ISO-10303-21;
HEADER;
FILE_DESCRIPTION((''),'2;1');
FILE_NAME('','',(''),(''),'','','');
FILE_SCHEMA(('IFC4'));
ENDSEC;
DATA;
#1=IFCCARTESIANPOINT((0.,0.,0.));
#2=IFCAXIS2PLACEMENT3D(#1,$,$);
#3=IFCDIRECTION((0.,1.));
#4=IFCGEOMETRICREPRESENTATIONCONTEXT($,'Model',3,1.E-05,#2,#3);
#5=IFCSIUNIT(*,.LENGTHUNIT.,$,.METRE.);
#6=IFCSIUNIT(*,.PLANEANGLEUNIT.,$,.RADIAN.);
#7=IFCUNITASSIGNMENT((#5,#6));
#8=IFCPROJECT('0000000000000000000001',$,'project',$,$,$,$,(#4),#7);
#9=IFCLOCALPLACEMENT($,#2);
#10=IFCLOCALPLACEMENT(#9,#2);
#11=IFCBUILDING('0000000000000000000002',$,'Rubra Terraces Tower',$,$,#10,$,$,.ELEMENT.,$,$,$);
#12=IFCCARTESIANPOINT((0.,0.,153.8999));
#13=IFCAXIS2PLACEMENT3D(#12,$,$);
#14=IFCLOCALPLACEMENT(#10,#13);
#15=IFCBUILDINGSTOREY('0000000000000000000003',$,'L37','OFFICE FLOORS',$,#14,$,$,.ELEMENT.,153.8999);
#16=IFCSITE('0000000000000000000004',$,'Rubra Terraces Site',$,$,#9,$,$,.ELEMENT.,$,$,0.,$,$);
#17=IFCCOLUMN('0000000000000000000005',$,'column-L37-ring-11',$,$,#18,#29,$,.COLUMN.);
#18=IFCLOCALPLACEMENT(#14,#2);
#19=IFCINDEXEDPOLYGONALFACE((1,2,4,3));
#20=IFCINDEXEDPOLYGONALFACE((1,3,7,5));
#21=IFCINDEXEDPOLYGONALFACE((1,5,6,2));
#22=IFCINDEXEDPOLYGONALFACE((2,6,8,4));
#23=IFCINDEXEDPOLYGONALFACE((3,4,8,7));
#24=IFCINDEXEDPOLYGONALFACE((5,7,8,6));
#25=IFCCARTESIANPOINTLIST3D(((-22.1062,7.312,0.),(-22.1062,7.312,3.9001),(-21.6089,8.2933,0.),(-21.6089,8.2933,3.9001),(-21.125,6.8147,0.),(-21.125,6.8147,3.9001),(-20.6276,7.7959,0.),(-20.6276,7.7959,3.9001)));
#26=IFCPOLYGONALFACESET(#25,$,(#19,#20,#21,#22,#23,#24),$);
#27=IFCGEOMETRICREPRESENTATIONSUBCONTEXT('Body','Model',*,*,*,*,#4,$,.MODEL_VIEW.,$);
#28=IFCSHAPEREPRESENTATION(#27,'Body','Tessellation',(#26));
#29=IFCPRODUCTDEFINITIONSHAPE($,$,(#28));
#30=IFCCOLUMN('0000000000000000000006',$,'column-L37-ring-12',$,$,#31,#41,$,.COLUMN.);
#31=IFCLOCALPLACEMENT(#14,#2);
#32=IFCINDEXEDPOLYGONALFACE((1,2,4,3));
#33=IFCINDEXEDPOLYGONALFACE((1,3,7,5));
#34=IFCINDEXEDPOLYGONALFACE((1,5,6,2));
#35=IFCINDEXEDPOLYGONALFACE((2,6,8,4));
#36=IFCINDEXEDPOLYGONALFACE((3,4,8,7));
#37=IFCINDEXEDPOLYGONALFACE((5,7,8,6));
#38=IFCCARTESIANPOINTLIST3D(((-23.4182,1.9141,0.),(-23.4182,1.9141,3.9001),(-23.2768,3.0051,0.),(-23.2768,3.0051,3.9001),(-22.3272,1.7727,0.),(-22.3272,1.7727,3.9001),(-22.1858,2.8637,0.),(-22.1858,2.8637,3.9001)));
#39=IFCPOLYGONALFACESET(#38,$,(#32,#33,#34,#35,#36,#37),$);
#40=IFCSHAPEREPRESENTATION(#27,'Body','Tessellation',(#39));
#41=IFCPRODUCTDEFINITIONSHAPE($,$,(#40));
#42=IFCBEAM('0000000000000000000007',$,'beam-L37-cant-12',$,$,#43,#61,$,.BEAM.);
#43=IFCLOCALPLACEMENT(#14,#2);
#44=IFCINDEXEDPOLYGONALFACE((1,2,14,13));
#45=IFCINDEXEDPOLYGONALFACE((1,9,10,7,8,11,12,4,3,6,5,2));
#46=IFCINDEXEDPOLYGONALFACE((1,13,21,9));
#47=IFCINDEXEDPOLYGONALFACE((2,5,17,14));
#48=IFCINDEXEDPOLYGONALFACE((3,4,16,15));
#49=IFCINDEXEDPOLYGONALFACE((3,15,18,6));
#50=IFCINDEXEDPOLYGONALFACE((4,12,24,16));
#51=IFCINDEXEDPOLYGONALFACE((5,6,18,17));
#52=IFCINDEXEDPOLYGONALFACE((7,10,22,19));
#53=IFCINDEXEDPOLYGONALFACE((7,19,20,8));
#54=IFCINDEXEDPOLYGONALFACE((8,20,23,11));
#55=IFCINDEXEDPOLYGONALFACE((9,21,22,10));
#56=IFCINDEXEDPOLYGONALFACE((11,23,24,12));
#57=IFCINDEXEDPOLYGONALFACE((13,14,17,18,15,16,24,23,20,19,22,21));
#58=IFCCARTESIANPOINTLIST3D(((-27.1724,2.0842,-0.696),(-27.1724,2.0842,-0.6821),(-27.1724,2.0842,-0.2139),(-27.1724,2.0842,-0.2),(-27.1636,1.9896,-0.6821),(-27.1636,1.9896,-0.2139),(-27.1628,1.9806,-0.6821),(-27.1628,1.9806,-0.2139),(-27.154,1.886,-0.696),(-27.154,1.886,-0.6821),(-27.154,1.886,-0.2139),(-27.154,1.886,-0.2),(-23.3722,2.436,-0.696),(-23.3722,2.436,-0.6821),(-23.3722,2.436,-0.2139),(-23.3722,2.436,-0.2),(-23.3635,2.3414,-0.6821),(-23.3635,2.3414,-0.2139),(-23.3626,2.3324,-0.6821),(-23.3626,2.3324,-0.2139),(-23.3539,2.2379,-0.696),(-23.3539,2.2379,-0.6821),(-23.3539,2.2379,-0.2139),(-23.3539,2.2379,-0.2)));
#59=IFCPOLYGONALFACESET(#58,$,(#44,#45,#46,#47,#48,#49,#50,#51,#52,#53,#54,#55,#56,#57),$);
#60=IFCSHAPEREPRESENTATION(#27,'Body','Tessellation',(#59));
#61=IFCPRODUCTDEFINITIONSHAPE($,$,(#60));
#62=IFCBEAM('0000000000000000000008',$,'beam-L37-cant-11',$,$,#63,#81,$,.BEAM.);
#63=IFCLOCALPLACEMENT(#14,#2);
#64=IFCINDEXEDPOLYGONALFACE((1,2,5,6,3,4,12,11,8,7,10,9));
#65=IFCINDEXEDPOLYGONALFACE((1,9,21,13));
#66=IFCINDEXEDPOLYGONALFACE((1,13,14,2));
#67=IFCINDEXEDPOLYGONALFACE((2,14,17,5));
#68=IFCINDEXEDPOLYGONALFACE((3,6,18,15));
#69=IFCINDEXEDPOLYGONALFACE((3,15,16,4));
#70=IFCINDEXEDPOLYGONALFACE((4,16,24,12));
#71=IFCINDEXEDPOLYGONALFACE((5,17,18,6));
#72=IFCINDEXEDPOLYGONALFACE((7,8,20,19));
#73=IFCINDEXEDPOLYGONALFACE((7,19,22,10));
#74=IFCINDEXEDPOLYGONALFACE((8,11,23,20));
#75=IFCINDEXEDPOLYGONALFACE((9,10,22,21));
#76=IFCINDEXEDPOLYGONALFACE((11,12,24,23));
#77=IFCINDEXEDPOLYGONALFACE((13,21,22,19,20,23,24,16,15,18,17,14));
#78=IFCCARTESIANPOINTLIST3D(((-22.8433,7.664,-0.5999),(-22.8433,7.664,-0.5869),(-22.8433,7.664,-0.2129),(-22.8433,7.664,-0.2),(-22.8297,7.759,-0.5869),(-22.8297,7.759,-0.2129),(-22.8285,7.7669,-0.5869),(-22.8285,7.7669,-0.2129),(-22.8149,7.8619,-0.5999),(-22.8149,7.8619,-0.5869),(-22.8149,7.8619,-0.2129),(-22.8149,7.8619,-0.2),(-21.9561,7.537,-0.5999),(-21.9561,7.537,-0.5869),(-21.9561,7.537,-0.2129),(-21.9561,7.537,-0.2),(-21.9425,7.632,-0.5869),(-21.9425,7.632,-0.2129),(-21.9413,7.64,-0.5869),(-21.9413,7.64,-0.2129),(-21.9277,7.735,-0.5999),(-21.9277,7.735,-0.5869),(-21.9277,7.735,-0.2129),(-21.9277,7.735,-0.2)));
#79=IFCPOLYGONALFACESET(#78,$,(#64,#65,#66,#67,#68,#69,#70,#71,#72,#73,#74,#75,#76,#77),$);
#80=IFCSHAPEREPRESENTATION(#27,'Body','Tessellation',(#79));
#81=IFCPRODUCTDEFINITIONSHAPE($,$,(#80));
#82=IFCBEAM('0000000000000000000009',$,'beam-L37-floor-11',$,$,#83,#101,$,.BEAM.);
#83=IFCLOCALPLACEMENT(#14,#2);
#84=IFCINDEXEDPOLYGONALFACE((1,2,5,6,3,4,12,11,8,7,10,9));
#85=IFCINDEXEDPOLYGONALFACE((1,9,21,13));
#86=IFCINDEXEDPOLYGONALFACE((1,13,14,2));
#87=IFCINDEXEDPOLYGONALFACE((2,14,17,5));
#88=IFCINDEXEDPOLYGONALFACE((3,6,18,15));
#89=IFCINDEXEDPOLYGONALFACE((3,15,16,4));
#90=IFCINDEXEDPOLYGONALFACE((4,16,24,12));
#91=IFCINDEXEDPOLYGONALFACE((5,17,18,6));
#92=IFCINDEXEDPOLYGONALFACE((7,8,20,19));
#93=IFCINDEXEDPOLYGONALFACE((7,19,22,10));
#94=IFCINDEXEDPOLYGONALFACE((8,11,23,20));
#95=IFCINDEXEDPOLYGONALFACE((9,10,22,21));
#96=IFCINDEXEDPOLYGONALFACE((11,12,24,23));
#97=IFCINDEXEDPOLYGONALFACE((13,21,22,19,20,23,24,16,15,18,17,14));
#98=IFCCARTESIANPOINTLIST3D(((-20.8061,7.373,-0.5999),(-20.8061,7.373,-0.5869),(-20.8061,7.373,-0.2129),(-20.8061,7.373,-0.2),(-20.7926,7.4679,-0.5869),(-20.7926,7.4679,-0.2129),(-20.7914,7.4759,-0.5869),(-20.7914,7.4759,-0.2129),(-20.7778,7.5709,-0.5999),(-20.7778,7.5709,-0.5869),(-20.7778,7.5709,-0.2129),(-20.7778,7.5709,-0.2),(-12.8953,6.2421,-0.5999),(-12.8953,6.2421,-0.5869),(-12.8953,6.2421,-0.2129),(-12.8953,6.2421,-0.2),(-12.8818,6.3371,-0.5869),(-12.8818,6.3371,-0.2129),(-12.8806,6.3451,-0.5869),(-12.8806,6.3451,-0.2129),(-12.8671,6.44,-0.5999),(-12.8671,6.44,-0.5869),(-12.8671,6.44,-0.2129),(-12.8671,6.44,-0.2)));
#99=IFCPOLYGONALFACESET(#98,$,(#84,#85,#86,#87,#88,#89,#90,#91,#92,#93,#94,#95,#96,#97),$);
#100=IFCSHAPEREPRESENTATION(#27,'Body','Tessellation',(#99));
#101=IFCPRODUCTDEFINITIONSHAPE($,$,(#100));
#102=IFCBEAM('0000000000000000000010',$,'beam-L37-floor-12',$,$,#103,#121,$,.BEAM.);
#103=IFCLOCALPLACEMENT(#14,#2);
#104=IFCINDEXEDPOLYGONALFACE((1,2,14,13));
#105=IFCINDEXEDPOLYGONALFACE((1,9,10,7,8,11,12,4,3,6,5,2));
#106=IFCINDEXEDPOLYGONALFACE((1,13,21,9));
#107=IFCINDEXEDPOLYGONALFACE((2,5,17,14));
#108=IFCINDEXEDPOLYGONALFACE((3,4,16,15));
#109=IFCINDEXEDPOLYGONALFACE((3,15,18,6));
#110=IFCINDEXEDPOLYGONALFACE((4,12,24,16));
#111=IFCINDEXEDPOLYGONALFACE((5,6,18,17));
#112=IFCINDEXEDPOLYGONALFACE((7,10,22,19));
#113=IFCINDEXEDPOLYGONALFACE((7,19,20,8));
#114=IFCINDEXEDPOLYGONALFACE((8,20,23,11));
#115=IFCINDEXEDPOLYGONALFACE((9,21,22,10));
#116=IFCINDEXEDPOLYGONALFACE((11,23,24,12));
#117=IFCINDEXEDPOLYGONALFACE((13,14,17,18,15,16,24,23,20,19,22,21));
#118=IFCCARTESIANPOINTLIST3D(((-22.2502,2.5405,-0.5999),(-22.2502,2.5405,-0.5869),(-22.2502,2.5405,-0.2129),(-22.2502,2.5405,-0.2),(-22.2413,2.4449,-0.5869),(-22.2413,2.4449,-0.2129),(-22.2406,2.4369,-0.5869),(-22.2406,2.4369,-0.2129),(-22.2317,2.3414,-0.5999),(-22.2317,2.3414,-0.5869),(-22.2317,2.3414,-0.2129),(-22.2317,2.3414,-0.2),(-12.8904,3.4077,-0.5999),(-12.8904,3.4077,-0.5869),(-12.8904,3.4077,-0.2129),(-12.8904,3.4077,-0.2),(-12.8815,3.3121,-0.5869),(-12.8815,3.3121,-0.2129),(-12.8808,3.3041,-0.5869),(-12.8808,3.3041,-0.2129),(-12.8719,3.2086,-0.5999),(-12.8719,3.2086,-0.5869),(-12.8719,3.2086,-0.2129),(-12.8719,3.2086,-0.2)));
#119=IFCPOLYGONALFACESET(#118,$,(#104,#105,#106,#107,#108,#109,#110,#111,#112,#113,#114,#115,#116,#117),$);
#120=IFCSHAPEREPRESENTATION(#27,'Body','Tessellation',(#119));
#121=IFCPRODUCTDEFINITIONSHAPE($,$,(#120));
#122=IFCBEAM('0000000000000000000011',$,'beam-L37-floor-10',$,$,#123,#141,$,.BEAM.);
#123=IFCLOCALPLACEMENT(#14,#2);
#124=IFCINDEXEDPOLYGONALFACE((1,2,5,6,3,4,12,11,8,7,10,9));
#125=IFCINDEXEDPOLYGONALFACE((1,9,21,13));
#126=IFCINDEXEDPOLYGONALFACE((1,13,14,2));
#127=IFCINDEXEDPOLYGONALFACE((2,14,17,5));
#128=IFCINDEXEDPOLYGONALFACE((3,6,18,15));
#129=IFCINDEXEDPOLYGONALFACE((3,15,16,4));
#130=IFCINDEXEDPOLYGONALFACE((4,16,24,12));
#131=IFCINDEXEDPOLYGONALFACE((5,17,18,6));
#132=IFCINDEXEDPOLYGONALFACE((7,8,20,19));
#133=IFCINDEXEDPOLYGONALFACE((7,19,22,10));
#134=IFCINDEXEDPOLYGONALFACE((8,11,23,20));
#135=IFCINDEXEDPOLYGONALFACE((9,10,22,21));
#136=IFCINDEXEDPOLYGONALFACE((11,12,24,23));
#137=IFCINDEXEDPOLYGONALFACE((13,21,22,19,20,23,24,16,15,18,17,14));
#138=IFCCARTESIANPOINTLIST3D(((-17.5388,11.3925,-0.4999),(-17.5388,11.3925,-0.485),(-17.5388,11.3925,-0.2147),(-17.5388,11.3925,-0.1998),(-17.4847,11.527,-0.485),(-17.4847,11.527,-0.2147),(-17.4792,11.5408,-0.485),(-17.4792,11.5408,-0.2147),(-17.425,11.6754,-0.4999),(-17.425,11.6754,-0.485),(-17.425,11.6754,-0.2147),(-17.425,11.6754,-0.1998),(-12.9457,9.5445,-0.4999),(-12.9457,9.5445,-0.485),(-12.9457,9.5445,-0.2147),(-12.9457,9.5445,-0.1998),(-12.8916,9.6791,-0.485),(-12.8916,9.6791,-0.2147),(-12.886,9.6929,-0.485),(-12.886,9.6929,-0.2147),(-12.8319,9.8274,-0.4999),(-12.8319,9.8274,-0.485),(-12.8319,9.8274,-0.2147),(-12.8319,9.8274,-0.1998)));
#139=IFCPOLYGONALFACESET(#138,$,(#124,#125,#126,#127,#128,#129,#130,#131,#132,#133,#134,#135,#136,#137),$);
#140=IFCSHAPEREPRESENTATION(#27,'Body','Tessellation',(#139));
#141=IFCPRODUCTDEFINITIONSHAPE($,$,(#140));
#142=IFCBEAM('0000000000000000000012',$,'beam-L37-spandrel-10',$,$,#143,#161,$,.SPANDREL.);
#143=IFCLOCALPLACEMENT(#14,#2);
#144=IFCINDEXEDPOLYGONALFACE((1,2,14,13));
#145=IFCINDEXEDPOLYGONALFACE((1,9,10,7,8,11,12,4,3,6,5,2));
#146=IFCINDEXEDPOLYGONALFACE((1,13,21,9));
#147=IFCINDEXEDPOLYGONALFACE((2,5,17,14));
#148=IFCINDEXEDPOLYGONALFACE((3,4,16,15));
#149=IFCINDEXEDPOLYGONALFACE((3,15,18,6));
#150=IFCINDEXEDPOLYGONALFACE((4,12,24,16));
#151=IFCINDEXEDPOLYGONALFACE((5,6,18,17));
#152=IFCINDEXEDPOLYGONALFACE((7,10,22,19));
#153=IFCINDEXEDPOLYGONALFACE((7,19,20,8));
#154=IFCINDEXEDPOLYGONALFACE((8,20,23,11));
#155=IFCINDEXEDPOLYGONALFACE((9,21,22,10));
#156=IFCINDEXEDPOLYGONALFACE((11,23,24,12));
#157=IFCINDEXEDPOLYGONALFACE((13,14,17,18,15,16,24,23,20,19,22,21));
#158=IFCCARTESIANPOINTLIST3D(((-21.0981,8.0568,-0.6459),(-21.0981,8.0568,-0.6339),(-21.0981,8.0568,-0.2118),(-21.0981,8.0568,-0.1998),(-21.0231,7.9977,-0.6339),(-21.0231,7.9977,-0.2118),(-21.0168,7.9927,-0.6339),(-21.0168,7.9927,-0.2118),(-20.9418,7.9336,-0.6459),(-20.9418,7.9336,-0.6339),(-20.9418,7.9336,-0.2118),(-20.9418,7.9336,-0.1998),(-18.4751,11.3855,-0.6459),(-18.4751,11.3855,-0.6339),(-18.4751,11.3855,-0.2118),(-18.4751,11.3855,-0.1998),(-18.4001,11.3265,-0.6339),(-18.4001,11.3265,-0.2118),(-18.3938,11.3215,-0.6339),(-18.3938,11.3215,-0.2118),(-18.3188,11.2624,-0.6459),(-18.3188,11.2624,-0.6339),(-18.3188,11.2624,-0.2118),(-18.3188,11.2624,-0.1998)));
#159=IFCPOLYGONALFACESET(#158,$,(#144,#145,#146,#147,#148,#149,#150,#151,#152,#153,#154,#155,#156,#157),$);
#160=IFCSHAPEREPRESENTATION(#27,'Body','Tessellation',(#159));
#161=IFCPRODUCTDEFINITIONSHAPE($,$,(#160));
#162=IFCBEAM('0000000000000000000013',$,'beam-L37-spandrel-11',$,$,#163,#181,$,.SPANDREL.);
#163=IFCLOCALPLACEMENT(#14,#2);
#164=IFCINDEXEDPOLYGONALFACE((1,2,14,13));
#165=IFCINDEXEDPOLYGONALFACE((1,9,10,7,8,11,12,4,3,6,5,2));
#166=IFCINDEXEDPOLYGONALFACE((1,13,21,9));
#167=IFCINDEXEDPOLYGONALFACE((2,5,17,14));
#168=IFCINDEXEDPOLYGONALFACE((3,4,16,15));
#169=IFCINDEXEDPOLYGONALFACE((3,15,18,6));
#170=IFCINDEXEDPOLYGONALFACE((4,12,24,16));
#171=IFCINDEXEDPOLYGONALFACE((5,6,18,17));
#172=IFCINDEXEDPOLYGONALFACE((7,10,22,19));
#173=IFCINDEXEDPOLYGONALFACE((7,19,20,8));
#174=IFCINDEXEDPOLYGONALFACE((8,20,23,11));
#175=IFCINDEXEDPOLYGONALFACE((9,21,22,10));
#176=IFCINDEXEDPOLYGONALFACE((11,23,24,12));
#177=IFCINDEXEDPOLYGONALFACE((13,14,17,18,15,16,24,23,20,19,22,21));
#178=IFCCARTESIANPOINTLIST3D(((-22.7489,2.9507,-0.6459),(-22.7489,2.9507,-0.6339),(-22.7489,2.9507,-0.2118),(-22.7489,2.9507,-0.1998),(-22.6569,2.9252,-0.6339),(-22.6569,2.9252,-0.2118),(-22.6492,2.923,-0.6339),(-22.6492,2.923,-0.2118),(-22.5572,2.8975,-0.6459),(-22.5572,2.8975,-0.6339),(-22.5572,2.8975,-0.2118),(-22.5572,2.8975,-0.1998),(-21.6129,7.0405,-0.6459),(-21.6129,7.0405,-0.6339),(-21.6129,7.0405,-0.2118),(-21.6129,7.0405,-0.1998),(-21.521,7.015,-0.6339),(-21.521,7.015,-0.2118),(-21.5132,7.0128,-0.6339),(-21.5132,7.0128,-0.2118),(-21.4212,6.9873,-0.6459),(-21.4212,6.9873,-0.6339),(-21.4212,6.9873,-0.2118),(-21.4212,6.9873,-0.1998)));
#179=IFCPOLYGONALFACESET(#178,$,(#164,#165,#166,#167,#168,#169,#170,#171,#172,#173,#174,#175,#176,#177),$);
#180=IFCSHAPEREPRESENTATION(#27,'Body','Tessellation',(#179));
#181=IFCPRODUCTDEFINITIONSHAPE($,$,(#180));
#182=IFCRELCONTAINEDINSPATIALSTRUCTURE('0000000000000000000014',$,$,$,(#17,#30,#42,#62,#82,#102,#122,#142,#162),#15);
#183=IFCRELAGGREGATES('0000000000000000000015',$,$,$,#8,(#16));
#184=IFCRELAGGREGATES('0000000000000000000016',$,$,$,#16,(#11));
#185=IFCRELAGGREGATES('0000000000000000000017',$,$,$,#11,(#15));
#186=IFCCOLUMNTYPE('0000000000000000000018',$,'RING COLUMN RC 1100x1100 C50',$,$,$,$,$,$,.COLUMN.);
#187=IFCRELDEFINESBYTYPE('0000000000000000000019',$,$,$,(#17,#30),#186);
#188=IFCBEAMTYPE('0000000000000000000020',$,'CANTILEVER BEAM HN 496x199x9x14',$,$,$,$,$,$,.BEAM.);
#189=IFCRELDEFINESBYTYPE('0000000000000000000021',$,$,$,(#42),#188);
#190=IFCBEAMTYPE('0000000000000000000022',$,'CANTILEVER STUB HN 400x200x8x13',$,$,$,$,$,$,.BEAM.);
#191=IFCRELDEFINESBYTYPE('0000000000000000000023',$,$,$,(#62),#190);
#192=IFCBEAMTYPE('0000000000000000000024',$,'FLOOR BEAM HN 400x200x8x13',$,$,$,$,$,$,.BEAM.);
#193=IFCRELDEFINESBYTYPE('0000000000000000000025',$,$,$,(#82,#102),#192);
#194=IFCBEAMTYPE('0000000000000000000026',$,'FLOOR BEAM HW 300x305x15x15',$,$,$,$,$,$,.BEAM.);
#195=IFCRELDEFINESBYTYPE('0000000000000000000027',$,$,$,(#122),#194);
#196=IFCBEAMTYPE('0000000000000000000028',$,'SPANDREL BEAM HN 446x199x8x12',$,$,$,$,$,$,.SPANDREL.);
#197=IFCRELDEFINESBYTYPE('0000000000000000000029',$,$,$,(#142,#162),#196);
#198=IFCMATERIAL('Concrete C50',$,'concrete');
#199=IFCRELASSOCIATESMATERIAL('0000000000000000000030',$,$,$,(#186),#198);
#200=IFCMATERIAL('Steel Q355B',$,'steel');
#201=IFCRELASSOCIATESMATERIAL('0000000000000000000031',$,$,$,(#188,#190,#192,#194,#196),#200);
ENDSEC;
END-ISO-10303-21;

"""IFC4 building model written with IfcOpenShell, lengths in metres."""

from ifc_helpers import new_model, si_unit, direction, frame, origin, origin_2d, place, context, subcontext, project, spatial, rectangle, i_section, extrude, material, material_profile, profile_set, type_object, element, save


model = new_model("IFC4")

# Units and contexts
model_context = context("Model", 3, precision=1e-05, world=origin(), true_north=direction((0.0, 1.0)))
body_context = subcontext(model_context, "Body", "Model", "MODEL_VIEW")
ifc_project = project(units=[si_unit("LENGTHUNIT", "METRE"), si_unit("PLANEANGLEUNIT", "RADIAN")], contexts=[model_context])

# Site, building, storey
site_placement = place(None, origin())
site = spatial("IfcSite", under=ifc_project, at=site_placement, Name="Rubra Terraces Site", CompositionType="ELEMENT", RefElevation=0.0)
building_placement = place(site_placement, origin())
building = spatial("IfcBuilding", under=site, at=building_placement, Name="Rubra Terraces Tower", CompositionType="ELEMENT")
storey_placement = place(building_placement, frame((0.0, 0.0, 153.8999)))
storey = spatial("IfcBuildingStorey", under=building, at=storey_placement, Name="L37", Description="OFFICE FLOORS", CompositionType="ELEMENT", Elevation=153.8999)

# Columns
ifc_material_1 = material(Name="Concrete C50", Category="concrete")
ifc_material_profile_1 = material_profile(ifc_material_1, rectangle(XDim=1.1001, YDim=1.1001, at=origin_2d()), Name="RC 1100x1100")
ifc_profile_set_1 = profile_set([ifc_material_profile_1], Name="Concrete C50")
column_type = type_object("IfcColumnType", Name="RING COLUMN RC 1100x1100 C50", PredefinedType="COLUMN", material=ifc_profile_set_1)
for number, where, z_axis, x_axis, name in (
    (1, (-21.3669, 7.554, 0.0), (0.0, 0.0, 1.0), (-0.452079, -0.891978, 0.0), "column-L37-ring-11"),
    (2, (-22.802, 2.3889, 0.0), (0.0, 0.0, 1.0), (-0.128535, -0.991705, 0.0), "column-L37-ring-12"),
):
    element("IfcColumn", number, at=place(storey_placement, frame(where, z_axis=z_axis, x_axis=x_axis)), inside=storey, type_object=column_type, Name=name, PredefinedType="COLUMN", context=body_context, shape_type="SweptSolid", body=[
        extrude(rectangle(XDim=1.1001, YDim=1.1001, at=origin_2d()), origin(), (0.0, 0.0, 1.0), 3.9001),
    ])

# Beams
ifc_material_2 = material(Name="Steel Q355B", Category="steel")
ifc_material_profile_2 = material_profile(ifc_material_2, i_section(OverallWidth=0.199, OverallDepth=0.4961, WebThickness=0.009, FlangeThickness=0.0139, at=origin_2d()), Name="HN 496x199x9x14")
ifc_profile_set_2 = profile_set([ifc_material_profile_2], Name="Steel Q355B")
beam_type_1 = type_object("IfcBeamType", Name="CANTILEVER BEAM HN 496x199x9x14", PredefinedType="BEAM", material=ifc_profile_set_2)
beam_1_placement = place(storey_placement, frame((-23.363, 2.3369, -0.448), z_axis=(-0.995742, -0.092185, 0.0), x_axis=(0.092185, -0.995742, 0.0)))
element("IfcBeam", 3, at=beam_1_placement, inside=storey, type_object=beam_type_1, Name="beam-L37-cant-12", PredefinedType="BEAM", context=body_context, shape_type="SweptSolid", body=[
    extrude(i_section(OverallWidth=0.199, OverallDepth=0.4961, WebThickness=0.009, FlangeThickness=0.0139, at=origin_2d()), origin(), (0.0, 0.0, 1.0), 3.8164),
])
ifc_material_profile_3 = material_profile(ifc_material_2, i_section(OverallWidth=0.2, OverallDepth=0.3999, WebThickness=0.0081, FlangeThickness=0.0129, at=origin_2d()), Name="HN 400x200x8x13")
ifc_profile_set_3 = profile_set([ifc_material_profile_3], Name="Steel Q355B")
beam_type_2 = type_object("IfcBeamType", Name="CANTILEVER STUB HN 400x200x8x13", PredefinedType="BEAM", material=ifc_profile_set_3)
beam_2_placement = place(storey_placement, frame((-21.9419, 7.636, -0.3999), z_axis=(-0.989917, 0.14165, 0.0), x_axis=(-0.14165, -0.989917, 0.0)))
element("IfcBeam", 4, at=beam_2_placement, inside=storey, type_object=beam_type_2, Name="beam-L37-cant-11", PredefinedType="BEAM", context=body_context, shape_type="SweptSolid", body=[
    extrude(i_section(OverallWidth=0.2, OverallDepth=0.3999, WebThickness=0.0081, FlangeThickness=0.0129, at=origin_2d()), origin(), (0.0, 0.0, 1.0), 0.8962),
])
ifc_material_profile_4 = material_profile(ifc_material_2, i_section(OverallWidth=0.2, OverallDepth=0.3999, WebThickness=0.0081, FlangeThickness=0.0129, at=origin_2d()), Name="HN 400x200x8x13")
ifc_profile_set_4 = profile_set([ifc_material_profile_4], Name="Steel Q355B")
beam_type_3 = type_object("IfcBeamType", Name="FLOOR BEAM HN 400x200x8x13", PredefinedType="BEAM", material=ifc_profile_set_4)
beam_3_placement = place(storey_placement, frame((-20.792, 7.4719, -0.3999), z_axis=(0.989937, -0.141511, 0.0), x_axis=(0.141511, 0.989937, 0.0)))
element("IfcBeam", 5, at=beam_3_placement, inside=storey, type_object=beam_type_3, Name="beam-L37-floor-11", PredefinedType="BEAM", context=body_context, shape_type="SweptSolid", body=[
    extrude(i_section(OverallWidth=0.2, OverallDepth=0.3999, WebThickness=0.0081, FlangeThickness=0.0129, at=origin_2d()), origin(), (0.0, 0.0, 1.0), 7.9912),
])
beam_4_placement = place(storey_placement, frame((-22.241, 2.4409, -0.3999), z_axis=(0.995735, 0.092254, 0.0), x_axis=(-0.092254, 0.995735, 0.0)))
element("IfcBeam", 6, at=beam_4_placement, inside=storey, type_object=beam_type_3, Name="beam-L37-floor-12", PredefinedType="BEAM", context=body_context, shape_type="SweptSolid", body=[
    extrude(i_section(OverallWidth=0.2, OverallDepth=0.3999, WebThickness=0.0081, FlangeThickness=0.0129, at=origin_2d()), origin(), (0.0, 0.0, 1.0), 9.3999),
])
ifc_material_profile_5 = material_profile(ifc_material_2, i_section(OverallWidth=0.3049, OverallDepth=0.3, WebThickness=0.0149, FlangeThickness=0.0149, at=origin_2d()), Name="HW 300x305x15x15")
ifc_profile_set_5 = profile_set([ifc_material_profile_5], Name="Steel Q355B")
beam_type_4 = type_object("IfcBeamType", Name="FLOOR BEAM HW 300x305x15x15", PredefinedType="BEAM", material=ifc_profile_set_5)
beam_5_placement = place(storey_placement, frame((-17.4819, 11.5339, -0.3499), z_axis=(0.92773, -0.373252, 0.0), x_axis=(0.373252, 0.92773, 0.0)))
element("IfcBeam", 7, at=beam_5_placement, inside=storey, type_object=beam_type_4, Name="beam-L37-floor-10", PredefinedType="BEAM", context=body_context, shape_type="SweptSolid", body=[
    extrude(i_section(OverallWidth=0.3049, OverallDepth=0.3, WebThickness=0.0149, FlangeThickness=0.0149, at=origin_2d()), origin(), (0.0, 0.0, 1.0), 4.9509),
])
ifc_material_profile_6 = material_profile(ifc_material_2, i_section(OverallWidth=0.199, OverallDepth=0.446, WebThickness=0.0081, FlangeThickness=0.012, at=origin_2d()), Name="HN 446x199x8x12")
ifc_profile_set_6 = profile_set([ifc_material_profile_6], Name="Steel Q355B")
beam_type_5 = type_object("IfcBeamType", Name="SPANDREL BEAM HN 446x199x8x12", PredefinedType="SPANDREL", material=ifc_profile_set_6)
beam_6_placement = place(storey_placement, frame((-18.397, 11.324, -0.4229), z_axis=(-0.618917, -0.785456, 0.0), x_axis=(0.785456, -0.618917, 0.0)))
element("IfcBeam", 8, at=beam_6_placement, inside=storey, type_object=beam_type_5, Name="beam-L37-spandrel-10", PredefinedType="SPANDREL", context=body_context, shape_type="SweptSolid", body=[
    extrude(i_section(OverallWidth=0.199, OverallDepth=0.446, WebThickness=0.0081, FlangeThickness=0.012, at=origin_2d()), origin(), (0.0, 0.0, 1.0), 4.238),
])
beam_7_placement = place(storey_placement, frame((-21.5171, 7.0139, -0.4229), z_axis=(-0.267626, -0.963523, 0.0), x_axis=(0.963523, -0.267626, 0.0)))
element("IfcBeam", 9, at=beam_7_placement, inside=storey, type_object=beam_type_5, Name="beam-L37-spandrel-11", PredefinedType="SPANDREL", context=body_context, shape_type="SweptSolid", body=[
    extrude(i_section(OverallWidth=0.199, OverallDepth=0.446, WebThickness=0.0081, FlangeThickness=0.012, at=origin_2d()), origin(), (0.0, 0.0, 1.0), 4.2446),
])

save(model, "model.ifc")
